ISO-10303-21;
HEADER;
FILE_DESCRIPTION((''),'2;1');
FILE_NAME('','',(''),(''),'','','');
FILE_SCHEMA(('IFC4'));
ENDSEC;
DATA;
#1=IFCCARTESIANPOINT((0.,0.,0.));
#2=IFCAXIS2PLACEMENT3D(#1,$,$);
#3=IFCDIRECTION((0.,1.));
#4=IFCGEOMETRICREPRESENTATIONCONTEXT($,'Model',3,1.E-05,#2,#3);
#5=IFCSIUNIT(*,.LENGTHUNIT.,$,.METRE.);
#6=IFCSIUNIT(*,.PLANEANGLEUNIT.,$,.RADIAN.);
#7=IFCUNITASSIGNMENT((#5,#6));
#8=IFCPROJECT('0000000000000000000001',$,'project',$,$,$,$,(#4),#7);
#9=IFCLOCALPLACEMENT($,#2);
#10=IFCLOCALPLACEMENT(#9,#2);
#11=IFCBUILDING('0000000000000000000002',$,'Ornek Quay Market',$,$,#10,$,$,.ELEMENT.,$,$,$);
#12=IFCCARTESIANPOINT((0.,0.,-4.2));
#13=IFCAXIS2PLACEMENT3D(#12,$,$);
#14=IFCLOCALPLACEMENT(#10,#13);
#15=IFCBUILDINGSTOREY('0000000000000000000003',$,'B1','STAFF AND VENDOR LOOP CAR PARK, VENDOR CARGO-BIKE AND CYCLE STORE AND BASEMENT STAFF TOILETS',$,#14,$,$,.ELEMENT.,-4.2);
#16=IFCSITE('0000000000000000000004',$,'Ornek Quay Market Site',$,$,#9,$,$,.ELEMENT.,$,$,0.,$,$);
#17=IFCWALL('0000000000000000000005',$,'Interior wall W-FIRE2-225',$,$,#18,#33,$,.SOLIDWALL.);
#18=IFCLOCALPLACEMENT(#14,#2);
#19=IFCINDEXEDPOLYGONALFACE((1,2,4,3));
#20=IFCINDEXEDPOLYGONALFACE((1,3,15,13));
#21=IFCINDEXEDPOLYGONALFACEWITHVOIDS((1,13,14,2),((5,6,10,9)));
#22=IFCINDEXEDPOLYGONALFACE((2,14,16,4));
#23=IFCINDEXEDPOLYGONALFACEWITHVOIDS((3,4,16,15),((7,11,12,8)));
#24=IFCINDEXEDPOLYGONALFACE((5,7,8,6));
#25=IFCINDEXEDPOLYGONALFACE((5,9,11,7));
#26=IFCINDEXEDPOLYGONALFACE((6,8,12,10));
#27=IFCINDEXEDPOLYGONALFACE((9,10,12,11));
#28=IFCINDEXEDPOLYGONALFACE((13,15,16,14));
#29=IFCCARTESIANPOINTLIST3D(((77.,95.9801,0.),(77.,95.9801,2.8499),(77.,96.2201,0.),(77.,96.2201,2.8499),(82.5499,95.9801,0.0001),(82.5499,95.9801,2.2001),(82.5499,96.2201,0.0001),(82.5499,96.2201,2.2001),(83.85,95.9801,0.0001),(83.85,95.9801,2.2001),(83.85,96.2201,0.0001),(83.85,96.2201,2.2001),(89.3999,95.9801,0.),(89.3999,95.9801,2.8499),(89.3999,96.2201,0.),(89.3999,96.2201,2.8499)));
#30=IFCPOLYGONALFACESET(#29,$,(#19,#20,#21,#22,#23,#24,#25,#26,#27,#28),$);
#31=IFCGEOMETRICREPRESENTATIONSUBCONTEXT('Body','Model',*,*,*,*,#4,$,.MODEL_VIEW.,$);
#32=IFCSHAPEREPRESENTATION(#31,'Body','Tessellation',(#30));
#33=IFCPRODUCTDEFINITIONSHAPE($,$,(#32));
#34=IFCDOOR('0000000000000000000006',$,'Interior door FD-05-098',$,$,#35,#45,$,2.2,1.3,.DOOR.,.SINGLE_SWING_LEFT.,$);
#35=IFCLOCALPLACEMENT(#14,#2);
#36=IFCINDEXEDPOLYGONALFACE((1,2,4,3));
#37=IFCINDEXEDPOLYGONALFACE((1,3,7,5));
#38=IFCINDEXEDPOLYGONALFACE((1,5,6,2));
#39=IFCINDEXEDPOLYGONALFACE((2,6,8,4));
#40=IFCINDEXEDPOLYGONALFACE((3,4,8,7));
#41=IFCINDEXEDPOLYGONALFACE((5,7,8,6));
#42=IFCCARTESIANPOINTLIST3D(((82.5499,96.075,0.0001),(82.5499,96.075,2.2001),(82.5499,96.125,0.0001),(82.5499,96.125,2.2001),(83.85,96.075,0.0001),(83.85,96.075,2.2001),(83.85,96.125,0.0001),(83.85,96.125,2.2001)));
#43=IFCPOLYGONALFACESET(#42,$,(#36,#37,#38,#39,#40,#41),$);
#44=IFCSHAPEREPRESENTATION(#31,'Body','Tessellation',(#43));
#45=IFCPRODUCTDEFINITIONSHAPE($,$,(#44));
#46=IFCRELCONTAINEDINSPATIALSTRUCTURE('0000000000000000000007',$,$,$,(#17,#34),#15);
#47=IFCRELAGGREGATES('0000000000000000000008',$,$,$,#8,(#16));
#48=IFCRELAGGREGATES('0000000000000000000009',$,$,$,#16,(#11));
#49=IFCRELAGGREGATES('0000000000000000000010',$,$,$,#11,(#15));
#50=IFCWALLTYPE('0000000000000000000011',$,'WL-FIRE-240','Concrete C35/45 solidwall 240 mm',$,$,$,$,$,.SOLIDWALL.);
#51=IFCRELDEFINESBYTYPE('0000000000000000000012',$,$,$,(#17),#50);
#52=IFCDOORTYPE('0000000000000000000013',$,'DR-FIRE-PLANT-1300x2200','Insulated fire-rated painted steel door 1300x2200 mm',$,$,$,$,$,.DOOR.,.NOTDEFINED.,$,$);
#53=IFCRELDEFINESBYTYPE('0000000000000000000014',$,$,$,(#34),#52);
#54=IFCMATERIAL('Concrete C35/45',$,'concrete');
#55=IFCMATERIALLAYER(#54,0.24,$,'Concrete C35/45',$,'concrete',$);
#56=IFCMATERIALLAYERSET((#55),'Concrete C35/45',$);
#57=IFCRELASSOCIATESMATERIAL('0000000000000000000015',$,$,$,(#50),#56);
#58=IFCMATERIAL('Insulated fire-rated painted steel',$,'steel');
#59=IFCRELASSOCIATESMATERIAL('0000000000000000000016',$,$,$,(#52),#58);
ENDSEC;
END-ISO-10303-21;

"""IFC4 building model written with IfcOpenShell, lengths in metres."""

from ifc_helpers import new_model, si_unit, direction, frame, frame_2d, origin, place, context, subcontext, project, spatial, rectangle, extrude, material, layer, layer_set, type_object, element, fill, save


model = new_model("IFC4")

# Units and contexts
model_context = context("Model", 3, precision=1e-05, world=origin(), true_north=direction((0.0, 1.0)))
body_context = subcontext(model_context, "Body", "Model", "MODEL_VIEW")
ifc_project = project(units=[si_unit("LENGTHUNIT", "METRE"), si_unit("PLANEANGLEUNIT", "RADIAN")], contexts=[model_context])

# Site, building, storey
site_placement = place(None, origin())
site = spatial("IfcSite", under=ifc_project, at=site_placement, Name="Ornek Quay Market Site", CompositionType="ELEMENT", RefElevation=0.0)
building_placement = place(site_placement, origin())
building = spatial("IfcBuilding", under=site, at=building_placement, Name="Ornek Quay Market", CompositionType="ELEMENT")
storey_placement = place(building_placement, frame((0.0, 0.0, -4.2)))
storey = spatial("IfcBuildingStorey", under=building, at=storey_placement, Name="B1", Description="STAFF AND VENDOR LOOP CAR PARK, VENDOR CARGO-BIKE AND CYCLE STORE AND BASEMENT STAFF TOILETS", CompositionType="ELEMENT", Elevation=-4.2)

# Shared definitions
ifc_material_1 = material(Name="Concrete C35/45", Category="concrete")

# Wall, opening, door
ifc_layer = layer(ifc_material_1, 0.24, Name="Concrete C35/45", Category="concrete")
ifc_layer_set = layer_set([ifc_layer], Name="Concrete C35/45")
wall_type = type_object("IfcWallType", Name="WL-FIRE-240", Description="Concrete C35/45 solidwall 240 mm", PredefinedType="SOLIDWALL", material=ifc_layer_set)
wall_placement = place(storey_placement, frame((77.0, 96.1001, 0.0), z_axis=(0.0, 0.0, 1.0), x_axis=(1.0, 0.0, 0.0)))
wall = element("IfcWall", 1, at=wall_placement, inside=storey, type_object=wall_type, Name="Interior wall W-FIRE2-225", PredefinedType="SOLIDWALL", context=body_context, shape_type="SweptSolid", body=[
    extrude(rectangle(XDim=12.3999, YDim=0.24, at=frame_2d((6.2, 0.0))), origin(), (0.0, 0.0, 1.0), 2.8499),
])
opening_placement = place(wall_placement, frame((5.55, 0.0, 0.0)))
opening = element("IfcOpeningElement", 2, at=opening_placement, cuts=wall, PredefinedType="OPENING", context=body_context, shape_type="SweptSolid", body=[
    extrude(rectangle(XDim=1.3, YDim=2.2, at=frame_2d((0.6499, 1.1001))), frame((0.0, 0.1299, 0.0), z_axis=(0.0, -1.0, 0.0), x_axis=(1.0, 0.0, 0.0)), (0.0, 0.0, 1.0), 0.26),
])
ifc_material_2 = material(Name="Insulated fire-rated painted steel", Category="steel")
door_type = type_object("IfcDoorType", Name="DR-FIRE-PLANT-1300x2200", Description="Insulated fire-rated painted steel door 1300x2200 mm", OperationType="NOTDEFINED", PredefinedType="DOOR", material=ifc_material_2)
door_placement = place(opening_placement, origin())
door = element("IfcDoor", 3, at=door_placement, inside=storey, type_object=door_type, Name="Interior door FD-05-098", OperationType="SINGLE_SWING_LEFT", OverallHeight=2.2, OverallWidth=1.3, PredefinedType="DOOR", context=body_context, shape_type="SweptSolid", body=[
    extrude(rectangle(XDim=1.3, YDim=2.2, at=frame_2d((0.6499, 1.1001))), frame((0.0, 0.0249, 0.0), z_axis=(0.0, -1.0, 0.0), x_axis=(1.0, 0.0, 0.0)), (0.0, 0.0, 1.0), 0.05),
])
fill(opening, door)

save(model, "model.ifc")
